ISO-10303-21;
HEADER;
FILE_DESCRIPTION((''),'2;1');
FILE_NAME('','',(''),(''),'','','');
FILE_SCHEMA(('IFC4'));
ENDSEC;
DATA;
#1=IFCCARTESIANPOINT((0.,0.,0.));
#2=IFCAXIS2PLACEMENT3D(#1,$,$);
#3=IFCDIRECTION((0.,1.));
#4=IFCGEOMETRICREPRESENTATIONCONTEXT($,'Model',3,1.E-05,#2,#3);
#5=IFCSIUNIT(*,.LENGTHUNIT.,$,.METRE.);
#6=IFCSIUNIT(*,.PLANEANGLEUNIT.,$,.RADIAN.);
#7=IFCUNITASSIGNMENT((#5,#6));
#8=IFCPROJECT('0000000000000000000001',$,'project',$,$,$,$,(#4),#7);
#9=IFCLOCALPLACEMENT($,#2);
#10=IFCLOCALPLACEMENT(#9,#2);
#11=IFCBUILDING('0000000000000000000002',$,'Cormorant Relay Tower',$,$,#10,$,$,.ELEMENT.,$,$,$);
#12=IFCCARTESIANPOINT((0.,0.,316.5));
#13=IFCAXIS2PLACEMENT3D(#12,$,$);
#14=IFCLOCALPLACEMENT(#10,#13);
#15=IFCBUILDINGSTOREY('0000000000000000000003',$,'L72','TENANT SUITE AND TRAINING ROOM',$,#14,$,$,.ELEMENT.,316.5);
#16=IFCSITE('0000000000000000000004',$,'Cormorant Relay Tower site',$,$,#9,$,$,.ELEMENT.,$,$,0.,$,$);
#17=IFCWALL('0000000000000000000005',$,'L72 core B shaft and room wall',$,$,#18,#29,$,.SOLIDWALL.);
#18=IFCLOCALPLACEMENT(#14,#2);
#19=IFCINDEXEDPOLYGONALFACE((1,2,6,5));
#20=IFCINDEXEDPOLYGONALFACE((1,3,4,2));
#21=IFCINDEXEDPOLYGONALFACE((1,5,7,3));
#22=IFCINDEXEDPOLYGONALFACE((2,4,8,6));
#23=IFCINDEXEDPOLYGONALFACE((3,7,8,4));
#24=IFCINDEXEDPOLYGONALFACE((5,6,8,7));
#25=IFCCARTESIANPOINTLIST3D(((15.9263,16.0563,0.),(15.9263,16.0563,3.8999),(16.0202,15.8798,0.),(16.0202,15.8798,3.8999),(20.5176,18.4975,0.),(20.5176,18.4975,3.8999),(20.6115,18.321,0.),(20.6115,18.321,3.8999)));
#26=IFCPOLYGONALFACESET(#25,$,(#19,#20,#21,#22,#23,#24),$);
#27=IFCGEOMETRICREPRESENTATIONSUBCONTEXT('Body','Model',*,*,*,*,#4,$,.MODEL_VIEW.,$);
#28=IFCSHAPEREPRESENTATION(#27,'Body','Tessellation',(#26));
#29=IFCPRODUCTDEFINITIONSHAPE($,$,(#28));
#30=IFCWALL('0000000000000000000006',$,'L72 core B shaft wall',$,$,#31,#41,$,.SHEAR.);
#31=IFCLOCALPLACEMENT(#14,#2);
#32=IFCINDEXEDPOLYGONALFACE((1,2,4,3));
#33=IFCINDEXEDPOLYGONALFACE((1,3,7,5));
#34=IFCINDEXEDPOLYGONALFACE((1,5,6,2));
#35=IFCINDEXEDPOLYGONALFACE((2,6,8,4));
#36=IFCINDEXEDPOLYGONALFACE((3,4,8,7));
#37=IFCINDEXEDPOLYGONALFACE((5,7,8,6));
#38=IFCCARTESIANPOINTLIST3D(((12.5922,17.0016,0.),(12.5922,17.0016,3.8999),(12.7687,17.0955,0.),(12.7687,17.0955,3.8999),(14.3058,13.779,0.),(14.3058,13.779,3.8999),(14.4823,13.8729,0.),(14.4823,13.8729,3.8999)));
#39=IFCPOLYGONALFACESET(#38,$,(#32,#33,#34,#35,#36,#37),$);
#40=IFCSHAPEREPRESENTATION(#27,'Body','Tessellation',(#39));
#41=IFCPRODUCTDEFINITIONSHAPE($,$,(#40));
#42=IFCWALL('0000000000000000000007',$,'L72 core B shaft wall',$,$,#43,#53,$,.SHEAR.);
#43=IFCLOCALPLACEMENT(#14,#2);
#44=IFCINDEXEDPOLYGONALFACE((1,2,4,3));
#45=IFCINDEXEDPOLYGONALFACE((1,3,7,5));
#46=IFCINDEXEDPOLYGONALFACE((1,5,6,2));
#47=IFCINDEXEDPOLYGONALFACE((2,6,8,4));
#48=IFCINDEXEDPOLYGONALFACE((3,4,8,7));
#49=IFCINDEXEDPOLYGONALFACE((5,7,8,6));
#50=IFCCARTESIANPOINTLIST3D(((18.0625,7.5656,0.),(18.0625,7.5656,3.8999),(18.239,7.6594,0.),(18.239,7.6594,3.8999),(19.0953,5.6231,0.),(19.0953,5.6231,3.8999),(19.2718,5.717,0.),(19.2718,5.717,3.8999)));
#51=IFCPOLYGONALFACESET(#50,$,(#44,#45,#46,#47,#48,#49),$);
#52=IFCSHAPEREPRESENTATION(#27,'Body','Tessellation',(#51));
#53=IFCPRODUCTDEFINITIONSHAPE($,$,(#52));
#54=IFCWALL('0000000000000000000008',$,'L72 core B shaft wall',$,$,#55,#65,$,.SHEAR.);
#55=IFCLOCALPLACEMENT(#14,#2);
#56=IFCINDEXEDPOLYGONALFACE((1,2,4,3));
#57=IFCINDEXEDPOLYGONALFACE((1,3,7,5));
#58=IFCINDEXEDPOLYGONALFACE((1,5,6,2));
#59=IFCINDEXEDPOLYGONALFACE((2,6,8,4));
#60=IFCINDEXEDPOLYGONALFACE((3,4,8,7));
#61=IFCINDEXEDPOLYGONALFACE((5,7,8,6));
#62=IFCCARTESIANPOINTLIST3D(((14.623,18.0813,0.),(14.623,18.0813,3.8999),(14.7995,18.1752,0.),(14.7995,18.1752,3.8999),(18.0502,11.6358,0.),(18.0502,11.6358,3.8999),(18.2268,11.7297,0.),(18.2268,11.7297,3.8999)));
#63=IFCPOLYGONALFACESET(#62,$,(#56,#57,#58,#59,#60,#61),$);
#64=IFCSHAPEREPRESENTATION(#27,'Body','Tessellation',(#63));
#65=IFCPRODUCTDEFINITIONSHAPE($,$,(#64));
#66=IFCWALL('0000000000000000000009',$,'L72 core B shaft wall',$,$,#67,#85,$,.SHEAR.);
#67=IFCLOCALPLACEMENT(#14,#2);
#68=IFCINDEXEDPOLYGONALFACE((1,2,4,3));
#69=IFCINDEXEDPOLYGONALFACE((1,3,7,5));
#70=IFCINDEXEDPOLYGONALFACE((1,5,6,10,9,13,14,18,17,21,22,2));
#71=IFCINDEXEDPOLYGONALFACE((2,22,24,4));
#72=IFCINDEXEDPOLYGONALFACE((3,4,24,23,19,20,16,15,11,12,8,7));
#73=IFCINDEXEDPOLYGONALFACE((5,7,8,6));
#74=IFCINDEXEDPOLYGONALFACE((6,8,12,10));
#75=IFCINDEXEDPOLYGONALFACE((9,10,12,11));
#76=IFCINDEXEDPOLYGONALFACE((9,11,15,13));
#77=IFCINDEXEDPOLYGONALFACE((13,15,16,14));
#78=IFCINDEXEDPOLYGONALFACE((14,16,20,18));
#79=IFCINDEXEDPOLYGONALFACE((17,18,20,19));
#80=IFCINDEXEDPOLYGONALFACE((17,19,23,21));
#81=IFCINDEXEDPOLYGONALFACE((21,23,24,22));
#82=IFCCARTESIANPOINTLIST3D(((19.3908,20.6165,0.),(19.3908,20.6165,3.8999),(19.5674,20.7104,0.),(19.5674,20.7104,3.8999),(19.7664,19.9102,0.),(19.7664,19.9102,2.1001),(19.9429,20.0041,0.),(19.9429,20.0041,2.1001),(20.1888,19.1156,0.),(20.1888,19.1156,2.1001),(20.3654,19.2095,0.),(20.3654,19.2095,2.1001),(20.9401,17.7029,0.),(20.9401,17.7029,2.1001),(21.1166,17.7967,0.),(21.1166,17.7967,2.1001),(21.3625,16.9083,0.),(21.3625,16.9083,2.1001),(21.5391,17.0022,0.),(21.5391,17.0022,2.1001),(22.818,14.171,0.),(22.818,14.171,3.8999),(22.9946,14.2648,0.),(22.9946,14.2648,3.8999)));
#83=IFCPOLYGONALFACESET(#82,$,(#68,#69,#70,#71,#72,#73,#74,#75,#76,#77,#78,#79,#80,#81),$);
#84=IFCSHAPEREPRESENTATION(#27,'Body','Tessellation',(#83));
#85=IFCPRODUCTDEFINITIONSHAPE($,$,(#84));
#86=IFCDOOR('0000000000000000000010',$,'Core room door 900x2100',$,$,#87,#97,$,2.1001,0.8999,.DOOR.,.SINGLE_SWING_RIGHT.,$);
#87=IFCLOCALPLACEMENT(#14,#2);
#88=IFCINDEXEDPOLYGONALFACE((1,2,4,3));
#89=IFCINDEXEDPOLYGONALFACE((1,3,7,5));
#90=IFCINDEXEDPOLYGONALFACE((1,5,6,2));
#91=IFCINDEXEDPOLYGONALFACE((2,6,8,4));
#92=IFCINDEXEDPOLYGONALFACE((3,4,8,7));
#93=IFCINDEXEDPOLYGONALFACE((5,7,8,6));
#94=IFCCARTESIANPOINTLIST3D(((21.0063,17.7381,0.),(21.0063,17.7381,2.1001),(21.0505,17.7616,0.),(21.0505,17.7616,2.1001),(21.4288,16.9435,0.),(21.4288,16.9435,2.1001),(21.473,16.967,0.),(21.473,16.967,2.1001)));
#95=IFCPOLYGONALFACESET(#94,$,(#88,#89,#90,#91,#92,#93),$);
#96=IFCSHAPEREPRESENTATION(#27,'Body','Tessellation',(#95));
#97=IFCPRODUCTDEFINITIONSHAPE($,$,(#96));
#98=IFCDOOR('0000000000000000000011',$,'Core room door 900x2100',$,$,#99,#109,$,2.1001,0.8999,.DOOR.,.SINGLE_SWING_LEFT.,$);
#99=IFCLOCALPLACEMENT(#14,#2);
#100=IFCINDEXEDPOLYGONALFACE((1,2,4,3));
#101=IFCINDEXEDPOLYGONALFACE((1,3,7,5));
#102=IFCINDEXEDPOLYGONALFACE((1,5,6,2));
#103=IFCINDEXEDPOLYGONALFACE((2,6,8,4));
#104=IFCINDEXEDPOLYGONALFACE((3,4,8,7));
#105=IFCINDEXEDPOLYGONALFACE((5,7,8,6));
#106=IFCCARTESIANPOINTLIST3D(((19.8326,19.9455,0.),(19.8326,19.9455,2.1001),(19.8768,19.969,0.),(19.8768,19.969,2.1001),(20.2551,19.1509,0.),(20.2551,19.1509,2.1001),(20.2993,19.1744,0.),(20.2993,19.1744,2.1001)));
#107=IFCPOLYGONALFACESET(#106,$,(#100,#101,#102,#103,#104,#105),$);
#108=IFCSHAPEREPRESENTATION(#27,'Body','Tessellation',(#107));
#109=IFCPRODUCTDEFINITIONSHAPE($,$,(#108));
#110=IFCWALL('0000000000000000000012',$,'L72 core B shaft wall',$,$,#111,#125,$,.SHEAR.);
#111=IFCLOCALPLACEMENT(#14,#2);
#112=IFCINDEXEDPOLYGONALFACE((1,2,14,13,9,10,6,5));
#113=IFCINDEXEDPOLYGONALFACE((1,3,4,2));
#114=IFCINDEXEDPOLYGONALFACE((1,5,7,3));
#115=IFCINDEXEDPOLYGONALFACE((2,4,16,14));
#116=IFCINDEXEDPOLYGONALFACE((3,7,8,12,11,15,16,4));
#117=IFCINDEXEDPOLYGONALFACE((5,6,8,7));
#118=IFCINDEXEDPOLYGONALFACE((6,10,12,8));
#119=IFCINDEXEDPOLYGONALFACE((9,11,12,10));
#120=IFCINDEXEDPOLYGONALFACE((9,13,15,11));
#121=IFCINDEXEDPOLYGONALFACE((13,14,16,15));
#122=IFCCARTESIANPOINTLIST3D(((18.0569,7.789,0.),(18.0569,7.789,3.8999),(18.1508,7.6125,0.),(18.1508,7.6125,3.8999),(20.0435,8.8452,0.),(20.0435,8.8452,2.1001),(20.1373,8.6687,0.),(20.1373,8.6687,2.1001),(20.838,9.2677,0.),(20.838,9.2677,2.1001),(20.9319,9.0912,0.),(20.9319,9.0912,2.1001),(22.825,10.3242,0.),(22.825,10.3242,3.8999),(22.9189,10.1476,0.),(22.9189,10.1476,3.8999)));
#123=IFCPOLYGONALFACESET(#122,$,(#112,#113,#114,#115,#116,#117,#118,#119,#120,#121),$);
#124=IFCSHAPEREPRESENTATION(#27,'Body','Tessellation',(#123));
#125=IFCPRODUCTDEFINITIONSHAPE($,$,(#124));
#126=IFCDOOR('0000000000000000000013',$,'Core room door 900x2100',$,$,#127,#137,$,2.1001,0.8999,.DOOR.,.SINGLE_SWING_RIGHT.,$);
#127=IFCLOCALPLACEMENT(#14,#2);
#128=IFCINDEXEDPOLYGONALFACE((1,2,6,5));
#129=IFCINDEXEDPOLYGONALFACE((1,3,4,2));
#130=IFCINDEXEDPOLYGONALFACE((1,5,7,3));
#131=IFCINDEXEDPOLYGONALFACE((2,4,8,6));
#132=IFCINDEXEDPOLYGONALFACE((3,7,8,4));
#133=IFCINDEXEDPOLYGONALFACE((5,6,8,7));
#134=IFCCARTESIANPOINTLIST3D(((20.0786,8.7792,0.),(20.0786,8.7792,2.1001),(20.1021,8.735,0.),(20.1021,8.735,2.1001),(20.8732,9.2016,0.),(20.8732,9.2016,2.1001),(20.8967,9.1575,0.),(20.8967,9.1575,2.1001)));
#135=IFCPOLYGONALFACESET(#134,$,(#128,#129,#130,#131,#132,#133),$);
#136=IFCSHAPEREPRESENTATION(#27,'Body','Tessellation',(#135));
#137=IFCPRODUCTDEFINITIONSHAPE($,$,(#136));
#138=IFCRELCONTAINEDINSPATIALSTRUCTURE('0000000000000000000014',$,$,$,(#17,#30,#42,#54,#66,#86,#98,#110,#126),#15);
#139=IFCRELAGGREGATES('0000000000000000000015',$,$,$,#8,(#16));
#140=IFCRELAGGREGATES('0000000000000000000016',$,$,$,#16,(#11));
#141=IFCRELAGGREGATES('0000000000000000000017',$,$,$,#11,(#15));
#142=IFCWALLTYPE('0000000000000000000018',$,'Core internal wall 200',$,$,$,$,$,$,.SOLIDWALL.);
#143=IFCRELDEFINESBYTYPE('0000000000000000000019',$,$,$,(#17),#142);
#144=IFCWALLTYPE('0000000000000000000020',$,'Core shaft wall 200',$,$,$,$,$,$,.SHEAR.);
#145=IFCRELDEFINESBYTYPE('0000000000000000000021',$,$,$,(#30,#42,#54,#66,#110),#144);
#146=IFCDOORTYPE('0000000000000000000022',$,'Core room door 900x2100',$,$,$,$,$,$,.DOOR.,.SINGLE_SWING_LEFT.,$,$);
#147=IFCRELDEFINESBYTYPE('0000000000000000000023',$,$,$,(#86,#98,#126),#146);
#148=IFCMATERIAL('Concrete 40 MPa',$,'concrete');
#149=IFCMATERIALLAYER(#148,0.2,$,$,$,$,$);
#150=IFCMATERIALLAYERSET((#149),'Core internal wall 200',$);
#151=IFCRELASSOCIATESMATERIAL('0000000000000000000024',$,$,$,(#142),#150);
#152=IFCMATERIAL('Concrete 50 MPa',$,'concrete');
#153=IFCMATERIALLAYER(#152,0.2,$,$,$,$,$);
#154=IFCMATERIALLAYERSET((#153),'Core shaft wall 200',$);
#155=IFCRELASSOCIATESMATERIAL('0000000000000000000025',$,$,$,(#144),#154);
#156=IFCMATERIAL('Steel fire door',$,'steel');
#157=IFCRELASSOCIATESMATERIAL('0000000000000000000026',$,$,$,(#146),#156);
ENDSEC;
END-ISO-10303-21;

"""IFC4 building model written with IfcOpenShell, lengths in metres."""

from ifc_helpers import new_model, si_unit, direction, frame, frame_2d, origin, place, context, subcontext, project, spatial, rectangle, extrude, material, layer, layer_set, type_object, element, fill, save


model = new_model("IFC4")

# Units and contexts
model_context = context("Model", 3, precision=1e-05, world=origin(), true_north=direction((0.0, 1.0)))
body_context = subcontext(model_context, "Body", "Model", "MODEL_VIEW")
ifc_project = project(units=[si_unit("LENGTHUNIT", "METRE"), si_unit("PLANEANGLEUNIT", "RADIAN")], contexts=[model_context])

# Site, building, storey
site_placement = place(None, origin())
site = spatial("IfcSite", under=ifc_project, at=site_placement, Name="Cormorant Relay Tower site", CompositionType="ELEMENT", RefElevation=0.0)
building_placement = place(site_placement, origin())
building = spatial("IfcBuilding", under=site, at=building_placement, Name="Cormorant Relay Tower", CompositionType="ELEMENT")
storey_placement = place(building_placement, frame((0.0, 0.0, 316.5)))
storey = spatial("IfcBuildingStorey", under=building, at=storey_placement, Name="L72", Description="TENANT SUITE AND TRAINING ROOM", CompositionType="ELEMENT", Elevation=316.5)

# Walls
ifc_material_1 = material(Name="Concrete 40 MPa", Category="concrete")
ifc_layer_1 = layer(ifc_material_1, 0.2)
ifc_layer_set_1 = layer_set([ifc_layer_1], Name="Core internal wall 200")
wall_type_1 = type_object("IfcWallType", Name="Core internal wall 200", PredefinedType="SOLIDWALL", material=ifc_layer_set_1)
wall_1_placement = place(storey_placement, frame((15.9731, 15.968, 0.0), z_axis=(0.0, 0.0, 1.0), x_axis=(0.882954, 0.46946, 0.0)))
element("IfcWall", 1, at=wall_1_placement, inside=storey, type_object=wall_type_1, Name="L72 core B shaft and room wall", PredefinedType="SOLIDWALL", context=body_context, shape_type="SweptSolid", body=[
    extrude(rectangle(XDim=5.2, YDim=0.2, at=frame_2d((2.6001, 0.0))), origin(), (0.0, 0.0, 1.0), 3.8999),
])
ifc_material_2 = material(Name="Concrete 50 MPa", Category="concrete")
ifc_layer_2 = layer(ifc_material_2, 0.2)
ifc_layer_set_2 = layer_set([ifc_layer_2], Name="Core shaft wall 200")
wall_type_2 = type_object("IfcWallType", Name="Core shaft wall 200", PredefinedType="SHEAR", material=ifc_layer_set_2)
wall_2_placement = place(storey_placement, frame((14.394, 13.8259, 0.0), z_axis=(0.0, 0.0, 1.0), x_axis=(-0.469494, 0.882936, 0.0)))
element("IfcWall", 2, at=wall_2_placement, inside=storey, type_object=wall_type_2, Name="L72 core B shaft wall", PredefinedType="SHEAR", context=body_context, shape_type="SweptSolid", body=[
    extrude(rectangle(XDim=3.6499, YDim=0.2, at=frame_2d((1.825, 0.0))), origin(), (0.0, 0.0, 1.0), 3.8999),
])
wall_3_placement = place(storey_placement, frame((19.1836, 5.6699, 0.0), z_axis=(0.0, 0.0, 1.0), x_axis=(-0.469447, 0.88296, 0.0)))
element("IfcWall", 3, at=wall_3_placement, inside=storey, type_object=wall_type_2, Name="L72 core B shaft wall", PredefinedType="SHEAR", context=body_context, shape_type="SweptSolid", body=[
    extrude(rectangle(XDim=2.2, YDim=0.2, at=frame_2d((1.1001, 0.0))), origin(), (0.0, 0.0, 1.0), 3.8999),
])
wall_4_placement = place(storey_placement, frame((18.1384, 11.6829, 0.0), z_axis=(0.0, 0.0, 1.0), x_axis=(-0.46948, 0.882943, 0.0)))
element("IfcWall", 4, at=wall_4_placement, inside=storey, type_object=wall_type_2, Name="L72 core B shaft wall", PredefinedType="SHEAR", context=body_context, shape_type="SweptSolid", body=[
    extrude(rectangle(XDim=7.3, YDim=0.2, at=frame_2d((3.6499, 0.0))), origin(), (0.0, 0.0, 1.0), 3.8999),
])

# Wall, openings, doors
wall_5_placement = place(storey_placement, frame((22.9062, 14.218, 0.0), z_axis=(0.0, 0.0, 1.0), x_axis=(-0.46948, 0.882943, 0.0)))
wall_5 = element("IfcWall", 5, at=wall_5_placement, inside=storey, type_object=wall_type_2, Name="L72 core B shaft wall", PredefinedType="SHEAR", context=body_context, shape_type="SweptSolid", body=[
    extrude(rectangle(XDim=7.3, YDim=0.2, at=frame_2d((3.6499, 0.0))), origin(), (0.0, 0.0, 1.0), 3.8999),
])
opening_1_placement = place(wall_5_placement, frame((3.1001, 0.0, 0.0)))
opening_1 = element("IfcOpeningElement", 6, at=opening_1_placement, cuts=wall_5, PredefinedType="OPENING", context=body_context, shape_type="SweptSolid", body=[
    extrude(rectangle(XDim=0.8999, YDim=2.1001, at=frame_2d((0.45, 1.05))), frame((0.0, 0.1099, 0.0), z_axis=(0.0, -1.0, 0.0), x_axis=(1.0, 0.0, 0.0)), (0.0, 0.0, 1.0), 0.22),
])
opening_2_placement = place(wall_5_placement, frame((5.6001, 0.0, 0.0)))
opening_2 = element("IfcOpeningElement", 7, at=opening_2_placement, cuts=wall_5, PredefinedType="OPENING", context=body_context, shape_type="SweptSolid", body=[
    extrude(rectangle(XDim=0.8999, YDim=2.1001, at=frame_2d((0.45, 1.05))), frame((0.0, 0.1099, 0.0), z_axis=(0.0, -1.0, 0.0), x_axis=(1.0, 0.0, 0.0)), (0.0, 0.0, 1.0), 0.22),
])
ifc_material_3 = material(Name="Steel fire door", Category="steel")
door_type_1 = type_object("IfcDoorType", Name="Core room door 900x2100", OperationType="SINGLE_SWING_LEFT", PredefinedType="DOOR", material=ifc_material_3)
door_1_placement = place(opening_1_placement, origin())
door_1 = element("IfcDoor", 8, at=door_1_placement, inside=storey, type_object=door_type_1, Name="Core room door 900x2100", OperationType="SINGLE_SWING_RIGHT", OverallHeight=2.1001, OverallWidth=0.8999, PredefinedType="DOOR", context=body_context, shape_type="SweptSolid", body=[
    extrude(rectangle(XDim=0.8999, YDim=2.1001, at=frame_2d((0.45, 1.05))), frame((0.0, 0.0249, 0.0), z_axis=(0.0, -1.0, 0.0), x_axis=(1.0, 0.0, 0.0)), (0.0, 0.0, 1.0), 0.05),
])
fill(opening_1, door_1)
door_2_placement = place(opening_2_placement, origin())
door_2 = element("IfcDoor", 9, at=door_2_placement, inside=storey, type_object=door_type_1, Name="Core room door 900x2100", OperationType="SINGLE_SWING_LEFT", OverallHeight=2.1001, OverallWidth=0.8999, PredefinedType="DOOR", context=body_context, shape_type="SweptSolid", body=[
    extrude(rectangle(XDim=0.8999, YDim=2.1001, at=frame_2d((0.45, 1.05))), frame((0.0, 0.0249, 0.0), z_axis=(0.0, -1.0, 0.0), x_axis=(1.0, 0.0, 0.0)), (0.0, 0.0, 1.0), 0.05),
])
fill(opening_2, door_2)

# Wall, opening, door
wall_6_placement = place(storey_placement, frame((18.1038, 7.7007, 0.0), z_axis=(0.0, 0.0, 1.0), x_axis=(0.882953, 0.469462, 0.0)))
wall_6 = element("IfcWall", 10, at=wall_6_placement, inside=storey, type_object=wall_type_2, Name="L72 core B shaft wall", PredefinedType="SHEAR", context=body_context, shape_type="SweptSolid", body=[
    extrude(rectangle(XDim=5.4001, YDim=0.2, at=frame_2d((2.7002, 0.0))), origin(), (0.0, 0.0, 1.0), 3.8999),
])
opening_3_placement = place(wall_6_placement, frame((2.25, 0.0, 0.0)))
opening_3 = element("IfcOpeningElement", 11, at=opening_3_placement, cuts=wall_6, PredefinedType="OPENING", context=body_context, shape_type="SweptSolid", body=[
    extrude(rectangle(XDim=0.8999, YDim=2.1001, at=frame_2d((0.45, 1.05))), frame((0.0, 0.1099, 0.0), z_axis=(0.0, -1.0, 0.0), x_axis=(1.0, 0.0, 0.0)), (0.0, 0.0, 1.0), 0.22),
])
door_3_placement = place(opening_3_placement, frame((0.8999, 0.0, 0.0), z_axis=(0.0, 0.0, 1.0), x_axis=(-1.0, 0.0, 0.0)))
door_3 = element("IfcDoor", 12, at=door_3_placement, inside=storey, type_object=door_type_1, Name="Core room door 900x2100", OperationType="SINGLE_SWING_RIGHT", OverallHeight=2.1001, OverallWidth=0.8999, PredefinedType="DOOR", context=body_context, shape_type="SweptSolid", body=[
    extrude(rectangle(XDim=0.8999, YDim=2.1001, at=frame_2d((0.45, 1.05))), frame((0.0, 0.0249, 0.0), z_axis=(0.0, -1.0, 0.0), x_axis=(1.0, 0.0, 0.0)), (0.0, 0.0, 1.0), 0.05),
])
fill(opening_3, door_3)

save(model, "model.ifc")
